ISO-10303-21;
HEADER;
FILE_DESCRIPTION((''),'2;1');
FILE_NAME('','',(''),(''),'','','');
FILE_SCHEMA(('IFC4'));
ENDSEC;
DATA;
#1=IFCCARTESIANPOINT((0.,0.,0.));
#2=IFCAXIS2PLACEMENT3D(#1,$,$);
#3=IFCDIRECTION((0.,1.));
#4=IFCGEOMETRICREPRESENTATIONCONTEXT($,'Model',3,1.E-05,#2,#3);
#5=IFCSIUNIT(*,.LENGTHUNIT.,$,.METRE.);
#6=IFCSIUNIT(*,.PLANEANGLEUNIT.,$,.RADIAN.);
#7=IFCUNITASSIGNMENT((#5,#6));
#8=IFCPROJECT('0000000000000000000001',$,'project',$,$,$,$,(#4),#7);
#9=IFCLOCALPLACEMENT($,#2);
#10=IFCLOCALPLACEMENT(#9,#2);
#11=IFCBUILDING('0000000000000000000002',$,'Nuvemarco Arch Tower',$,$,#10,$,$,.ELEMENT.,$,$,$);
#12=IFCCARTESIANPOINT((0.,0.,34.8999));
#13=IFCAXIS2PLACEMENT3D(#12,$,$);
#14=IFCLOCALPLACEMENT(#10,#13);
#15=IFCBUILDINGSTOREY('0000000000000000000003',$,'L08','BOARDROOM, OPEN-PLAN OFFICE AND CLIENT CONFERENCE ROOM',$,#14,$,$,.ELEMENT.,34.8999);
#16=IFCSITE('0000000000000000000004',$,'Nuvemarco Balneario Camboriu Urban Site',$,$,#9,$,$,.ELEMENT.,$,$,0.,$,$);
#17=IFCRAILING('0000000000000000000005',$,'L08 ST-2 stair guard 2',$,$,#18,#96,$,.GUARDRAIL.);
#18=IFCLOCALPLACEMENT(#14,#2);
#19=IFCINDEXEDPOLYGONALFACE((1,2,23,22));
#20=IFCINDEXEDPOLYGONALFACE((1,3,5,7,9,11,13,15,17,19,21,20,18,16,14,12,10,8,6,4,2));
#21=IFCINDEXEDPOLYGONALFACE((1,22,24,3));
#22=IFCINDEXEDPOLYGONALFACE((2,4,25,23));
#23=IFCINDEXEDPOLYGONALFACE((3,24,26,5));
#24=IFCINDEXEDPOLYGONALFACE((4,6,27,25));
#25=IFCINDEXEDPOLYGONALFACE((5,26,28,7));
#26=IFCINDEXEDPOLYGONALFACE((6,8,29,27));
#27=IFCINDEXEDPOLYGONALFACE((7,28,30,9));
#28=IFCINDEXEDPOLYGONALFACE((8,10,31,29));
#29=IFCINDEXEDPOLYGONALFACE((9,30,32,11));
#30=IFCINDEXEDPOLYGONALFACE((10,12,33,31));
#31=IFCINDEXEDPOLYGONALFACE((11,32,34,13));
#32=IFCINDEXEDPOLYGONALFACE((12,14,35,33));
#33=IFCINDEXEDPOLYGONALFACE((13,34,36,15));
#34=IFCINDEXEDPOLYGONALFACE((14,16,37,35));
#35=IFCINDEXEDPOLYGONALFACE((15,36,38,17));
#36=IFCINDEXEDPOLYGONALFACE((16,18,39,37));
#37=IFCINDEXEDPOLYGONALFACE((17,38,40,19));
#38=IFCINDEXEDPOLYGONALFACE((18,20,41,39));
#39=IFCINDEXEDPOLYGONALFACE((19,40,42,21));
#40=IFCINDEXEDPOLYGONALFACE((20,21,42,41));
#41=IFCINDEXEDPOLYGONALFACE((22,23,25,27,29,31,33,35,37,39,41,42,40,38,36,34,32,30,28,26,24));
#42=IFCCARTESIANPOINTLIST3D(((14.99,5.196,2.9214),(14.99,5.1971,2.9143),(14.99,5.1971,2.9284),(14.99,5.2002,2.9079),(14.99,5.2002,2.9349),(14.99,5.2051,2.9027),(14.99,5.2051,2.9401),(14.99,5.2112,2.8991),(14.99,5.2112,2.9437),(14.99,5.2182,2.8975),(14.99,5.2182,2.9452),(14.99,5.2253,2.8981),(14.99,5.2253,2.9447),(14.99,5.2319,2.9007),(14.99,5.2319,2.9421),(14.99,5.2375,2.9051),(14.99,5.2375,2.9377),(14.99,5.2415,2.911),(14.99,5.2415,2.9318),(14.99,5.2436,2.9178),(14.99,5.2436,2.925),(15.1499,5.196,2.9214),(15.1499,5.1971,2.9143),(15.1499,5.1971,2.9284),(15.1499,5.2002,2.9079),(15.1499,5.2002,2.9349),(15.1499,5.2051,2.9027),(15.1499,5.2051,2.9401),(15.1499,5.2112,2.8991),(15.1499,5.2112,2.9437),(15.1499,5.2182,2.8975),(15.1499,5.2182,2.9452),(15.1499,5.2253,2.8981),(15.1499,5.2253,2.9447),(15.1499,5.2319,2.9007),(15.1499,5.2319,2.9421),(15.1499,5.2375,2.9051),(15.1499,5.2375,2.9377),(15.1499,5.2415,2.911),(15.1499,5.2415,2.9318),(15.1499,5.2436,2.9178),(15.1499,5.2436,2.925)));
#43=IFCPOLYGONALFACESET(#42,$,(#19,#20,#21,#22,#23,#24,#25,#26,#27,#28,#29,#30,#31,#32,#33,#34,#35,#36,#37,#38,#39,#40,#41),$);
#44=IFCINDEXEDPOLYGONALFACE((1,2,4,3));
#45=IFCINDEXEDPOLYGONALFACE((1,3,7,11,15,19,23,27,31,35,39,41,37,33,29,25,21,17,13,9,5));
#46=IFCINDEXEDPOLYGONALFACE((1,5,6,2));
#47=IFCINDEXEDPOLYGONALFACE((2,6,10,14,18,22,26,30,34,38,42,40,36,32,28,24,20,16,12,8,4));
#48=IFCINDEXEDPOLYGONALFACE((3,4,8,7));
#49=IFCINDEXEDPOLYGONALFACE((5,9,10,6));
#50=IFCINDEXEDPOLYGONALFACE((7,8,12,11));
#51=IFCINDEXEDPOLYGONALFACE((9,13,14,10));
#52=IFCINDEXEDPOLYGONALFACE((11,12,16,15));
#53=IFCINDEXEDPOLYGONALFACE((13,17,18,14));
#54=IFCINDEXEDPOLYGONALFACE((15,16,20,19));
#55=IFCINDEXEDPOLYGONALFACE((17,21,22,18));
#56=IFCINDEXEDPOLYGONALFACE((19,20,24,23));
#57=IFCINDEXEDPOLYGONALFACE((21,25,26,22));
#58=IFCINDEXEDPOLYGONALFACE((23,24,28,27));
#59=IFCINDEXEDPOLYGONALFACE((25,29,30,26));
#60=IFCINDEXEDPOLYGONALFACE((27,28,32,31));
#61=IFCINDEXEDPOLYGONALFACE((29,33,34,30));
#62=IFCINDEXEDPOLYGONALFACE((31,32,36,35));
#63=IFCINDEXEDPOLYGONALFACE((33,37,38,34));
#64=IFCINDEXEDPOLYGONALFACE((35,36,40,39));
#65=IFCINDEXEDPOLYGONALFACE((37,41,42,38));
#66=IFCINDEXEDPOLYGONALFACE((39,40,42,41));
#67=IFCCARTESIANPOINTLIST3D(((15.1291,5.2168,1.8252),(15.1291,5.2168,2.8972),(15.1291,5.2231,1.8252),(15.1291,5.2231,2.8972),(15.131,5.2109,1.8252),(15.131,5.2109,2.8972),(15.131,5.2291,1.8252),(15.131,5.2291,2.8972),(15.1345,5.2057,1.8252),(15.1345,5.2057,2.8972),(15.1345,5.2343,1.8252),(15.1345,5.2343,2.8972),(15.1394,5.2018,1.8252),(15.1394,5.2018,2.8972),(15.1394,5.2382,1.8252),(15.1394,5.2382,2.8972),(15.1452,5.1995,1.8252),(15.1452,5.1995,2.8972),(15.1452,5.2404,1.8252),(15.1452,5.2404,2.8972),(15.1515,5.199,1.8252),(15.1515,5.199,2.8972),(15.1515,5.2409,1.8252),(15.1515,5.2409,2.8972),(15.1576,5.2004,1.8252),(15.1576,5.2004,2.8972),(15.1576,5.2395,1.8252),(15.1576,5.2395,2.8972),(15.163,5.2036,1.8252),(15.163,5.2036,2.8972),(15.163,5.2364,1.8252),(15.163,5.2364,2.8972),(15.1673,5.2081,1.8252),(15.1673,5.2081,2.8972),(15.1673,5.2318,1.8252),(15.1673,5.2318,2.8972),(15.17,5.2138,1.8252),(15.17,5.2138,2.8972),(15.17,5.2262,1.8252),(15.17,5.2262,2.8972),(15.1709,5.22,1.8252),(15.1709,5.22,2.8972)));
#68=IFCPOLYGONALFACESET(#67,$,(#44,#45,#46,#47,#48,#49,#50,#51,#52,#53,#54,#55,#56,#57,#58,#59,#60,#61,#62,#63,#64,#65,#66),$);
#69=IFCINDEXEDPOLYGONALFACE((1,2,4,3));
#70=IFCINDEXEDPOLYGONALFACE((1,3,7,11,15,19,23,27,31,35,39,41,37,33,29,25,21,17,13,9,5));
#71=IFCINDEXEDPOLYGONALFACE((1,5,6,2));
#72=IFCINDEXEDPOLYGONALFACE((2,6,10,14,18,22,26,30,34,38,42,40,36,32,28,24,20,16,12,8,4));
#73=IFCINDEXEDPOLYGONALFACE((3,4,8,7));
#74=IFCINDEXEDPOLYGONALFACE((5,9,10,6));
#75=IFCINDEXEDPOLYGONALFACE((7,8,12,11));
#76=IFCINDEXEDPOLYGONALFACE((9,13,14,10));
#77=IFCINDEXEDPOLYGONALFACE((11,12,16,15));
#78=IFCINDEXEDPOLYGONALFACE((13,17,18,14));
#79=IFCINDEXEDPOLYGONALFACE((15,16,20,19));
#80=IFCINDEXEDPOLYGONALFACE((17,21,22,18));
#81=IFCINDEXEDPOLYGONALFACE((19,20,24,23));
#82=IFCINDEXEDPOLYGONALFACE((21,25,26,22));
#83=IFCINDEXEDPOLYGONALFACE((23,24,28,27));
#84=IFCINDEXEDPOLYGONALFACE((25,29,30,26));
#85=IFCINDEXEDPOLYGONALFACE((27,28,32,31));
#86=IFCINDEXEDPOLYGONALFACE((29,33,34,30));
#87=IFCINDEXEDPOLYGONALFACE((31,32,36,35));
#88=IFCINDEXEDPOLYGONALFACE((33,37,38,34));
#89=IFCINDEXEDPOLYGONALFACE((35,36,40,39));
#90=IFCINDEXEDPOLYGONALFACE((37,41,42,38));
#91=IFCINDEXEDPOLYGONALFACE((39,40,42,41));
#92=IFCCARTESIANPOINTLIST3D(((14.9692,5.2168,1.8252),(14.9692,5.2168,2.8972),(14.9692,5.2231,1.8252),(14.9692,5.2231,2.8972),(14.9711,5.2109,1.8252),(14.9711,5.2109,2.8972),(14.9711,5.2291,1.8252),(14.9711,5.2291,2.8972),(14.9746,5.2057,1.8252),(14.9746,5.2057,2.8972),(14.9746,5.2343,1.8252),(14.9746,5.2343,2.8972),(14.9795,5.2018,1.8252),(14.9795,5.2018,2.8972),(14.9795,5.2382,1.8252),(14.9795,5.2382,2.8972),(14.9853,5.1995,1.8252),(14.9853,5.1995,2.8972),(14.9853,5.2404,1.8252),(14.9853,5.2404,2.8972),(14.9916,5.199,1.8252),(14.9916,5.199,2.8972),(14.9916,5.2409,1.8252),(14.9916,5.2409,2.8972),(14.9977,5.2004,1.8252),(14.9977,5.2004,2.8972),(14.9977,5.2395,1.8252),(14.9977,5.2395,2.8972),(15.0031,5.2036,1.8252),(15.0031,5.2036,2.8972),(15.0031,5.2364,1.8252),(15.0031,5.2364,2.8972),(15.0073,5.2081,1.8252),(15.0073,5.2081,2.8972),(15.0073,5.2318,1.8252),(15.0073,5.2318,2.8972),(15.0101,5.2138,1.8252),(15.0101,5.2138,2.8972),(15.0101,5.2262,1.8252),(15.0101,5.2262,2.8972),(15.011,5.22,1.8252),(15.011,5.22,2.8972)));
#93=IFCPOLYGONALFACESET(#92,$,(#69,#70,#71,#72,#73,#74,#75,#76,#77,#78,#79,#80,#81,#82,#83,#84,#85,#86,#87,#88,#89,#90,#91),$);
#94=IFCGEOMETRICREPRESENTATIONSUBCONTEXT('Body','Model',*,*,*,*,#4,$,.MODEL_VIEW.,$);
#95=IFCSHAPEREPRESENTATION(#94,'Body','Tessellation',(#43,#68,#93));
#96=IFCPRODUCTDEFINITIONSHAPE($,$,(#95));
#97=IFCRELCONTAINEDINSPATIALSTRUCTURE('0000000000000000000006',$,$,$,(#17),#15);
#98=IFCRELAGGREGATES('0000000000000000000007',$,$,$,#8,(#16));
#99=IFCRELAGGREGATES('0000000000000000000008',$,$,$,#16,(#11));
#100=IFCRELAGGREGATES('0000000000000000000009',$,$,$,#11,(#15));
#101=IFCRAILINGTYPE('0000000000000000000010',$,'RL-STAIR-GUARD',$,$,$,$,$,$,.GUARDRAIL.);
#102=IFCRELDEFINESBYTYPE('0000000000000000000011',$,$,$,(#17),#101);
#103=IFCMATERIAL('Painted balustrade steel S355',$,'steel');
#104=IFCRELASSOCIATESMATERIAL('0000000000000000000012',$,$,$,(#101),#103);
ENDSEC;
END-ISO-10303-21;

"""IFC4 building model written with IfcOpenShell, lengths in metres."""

from ifc_helpers import new_model, si_unit, direction, frame, origin, origin_2d, place, context, subcontext, project, spatial, circle, extrude, material, type_object, element, save


model = new_model("IFC4")

# Units and contexts
model_context = context("Model", 3, precision=1e-05, world=origin(), true_north=direction((0.0, 1.0)))
body_context = subcontext(model_context, "Body", "Model", "MODEL_VIEW")
ifc_project = project(units=[si_unit("LENGTHUNIT", "METRE"), si_unit("PLANEANGLEUNIT", "RADIAN")], contexts=[model_context])

# Site, building, storey
site_placement = place(None, origin())
site = spatial("IfcSite", under=ifc_project, at=site_placement, Name="Nuvemarco Balneario Camboriu Urban Site", CompositionType="ELEMENT", RefElevation=0.0)
building_placement = place(site_placement, origin())
building = spatial("IfcBuilding", under=site, at=building_placement, Name="Nuvemarco Arch Tower", CompositionType="ELEMENT")
storey_placement = place(building_placement, frame((0.0, 0.0, 34.8999)))
storey = spatial("IfcBuildingStorey", under=building, at=storey_placement, Name="L08", Description="BOARDROOM, OPEN-PLAN OFFICE AND CLIENT CONFERENCE ROOM", CompositionType="ELEMENT", Elevation=34.8999)

# Railing
ifc_material_1 = material(Name="Painted balustrade steel S355", Category="steel")
railing_type_1 = type_object("IfcRailingType", Name="RL-STAIR-GUARD", PredefinedType="GUARDRAIL", material=ifc_material_1)
railing_1_placement = place(storey_placement, frame((15.1499, 5.22, 1.8252)))
element("IfcRailing", 1, at=railing_1_placement, inside=storey, type_object=railing_type_1, Name="L08 ST-2 stair guard 2", PredefinedType="GUARDRAIL", context=body_context, shape_type="SweptSolid", body=[
    extrude(circle(Radius=0.0239, at=origin_2d()), frame((0.0, 0.0, 1.0962), z_axis=(-1.0, 0.0, 0.0), x_axis=(0.0, -1.0, 0.0)), (0.0, 0.0, 1.0), 0.1599),
    extrude(circle(Radius=0.021, at=origin_2d()), origin(), (0.0, 0.0, 1.0), 1.072),
    extrude(circle(Radius=0.021, at=origin_2d()), frame((-0.1599, 0.0, 0.0)), (0.0, 0.0, 1.0), 1.072),
])

save(model, "model.ifc")
